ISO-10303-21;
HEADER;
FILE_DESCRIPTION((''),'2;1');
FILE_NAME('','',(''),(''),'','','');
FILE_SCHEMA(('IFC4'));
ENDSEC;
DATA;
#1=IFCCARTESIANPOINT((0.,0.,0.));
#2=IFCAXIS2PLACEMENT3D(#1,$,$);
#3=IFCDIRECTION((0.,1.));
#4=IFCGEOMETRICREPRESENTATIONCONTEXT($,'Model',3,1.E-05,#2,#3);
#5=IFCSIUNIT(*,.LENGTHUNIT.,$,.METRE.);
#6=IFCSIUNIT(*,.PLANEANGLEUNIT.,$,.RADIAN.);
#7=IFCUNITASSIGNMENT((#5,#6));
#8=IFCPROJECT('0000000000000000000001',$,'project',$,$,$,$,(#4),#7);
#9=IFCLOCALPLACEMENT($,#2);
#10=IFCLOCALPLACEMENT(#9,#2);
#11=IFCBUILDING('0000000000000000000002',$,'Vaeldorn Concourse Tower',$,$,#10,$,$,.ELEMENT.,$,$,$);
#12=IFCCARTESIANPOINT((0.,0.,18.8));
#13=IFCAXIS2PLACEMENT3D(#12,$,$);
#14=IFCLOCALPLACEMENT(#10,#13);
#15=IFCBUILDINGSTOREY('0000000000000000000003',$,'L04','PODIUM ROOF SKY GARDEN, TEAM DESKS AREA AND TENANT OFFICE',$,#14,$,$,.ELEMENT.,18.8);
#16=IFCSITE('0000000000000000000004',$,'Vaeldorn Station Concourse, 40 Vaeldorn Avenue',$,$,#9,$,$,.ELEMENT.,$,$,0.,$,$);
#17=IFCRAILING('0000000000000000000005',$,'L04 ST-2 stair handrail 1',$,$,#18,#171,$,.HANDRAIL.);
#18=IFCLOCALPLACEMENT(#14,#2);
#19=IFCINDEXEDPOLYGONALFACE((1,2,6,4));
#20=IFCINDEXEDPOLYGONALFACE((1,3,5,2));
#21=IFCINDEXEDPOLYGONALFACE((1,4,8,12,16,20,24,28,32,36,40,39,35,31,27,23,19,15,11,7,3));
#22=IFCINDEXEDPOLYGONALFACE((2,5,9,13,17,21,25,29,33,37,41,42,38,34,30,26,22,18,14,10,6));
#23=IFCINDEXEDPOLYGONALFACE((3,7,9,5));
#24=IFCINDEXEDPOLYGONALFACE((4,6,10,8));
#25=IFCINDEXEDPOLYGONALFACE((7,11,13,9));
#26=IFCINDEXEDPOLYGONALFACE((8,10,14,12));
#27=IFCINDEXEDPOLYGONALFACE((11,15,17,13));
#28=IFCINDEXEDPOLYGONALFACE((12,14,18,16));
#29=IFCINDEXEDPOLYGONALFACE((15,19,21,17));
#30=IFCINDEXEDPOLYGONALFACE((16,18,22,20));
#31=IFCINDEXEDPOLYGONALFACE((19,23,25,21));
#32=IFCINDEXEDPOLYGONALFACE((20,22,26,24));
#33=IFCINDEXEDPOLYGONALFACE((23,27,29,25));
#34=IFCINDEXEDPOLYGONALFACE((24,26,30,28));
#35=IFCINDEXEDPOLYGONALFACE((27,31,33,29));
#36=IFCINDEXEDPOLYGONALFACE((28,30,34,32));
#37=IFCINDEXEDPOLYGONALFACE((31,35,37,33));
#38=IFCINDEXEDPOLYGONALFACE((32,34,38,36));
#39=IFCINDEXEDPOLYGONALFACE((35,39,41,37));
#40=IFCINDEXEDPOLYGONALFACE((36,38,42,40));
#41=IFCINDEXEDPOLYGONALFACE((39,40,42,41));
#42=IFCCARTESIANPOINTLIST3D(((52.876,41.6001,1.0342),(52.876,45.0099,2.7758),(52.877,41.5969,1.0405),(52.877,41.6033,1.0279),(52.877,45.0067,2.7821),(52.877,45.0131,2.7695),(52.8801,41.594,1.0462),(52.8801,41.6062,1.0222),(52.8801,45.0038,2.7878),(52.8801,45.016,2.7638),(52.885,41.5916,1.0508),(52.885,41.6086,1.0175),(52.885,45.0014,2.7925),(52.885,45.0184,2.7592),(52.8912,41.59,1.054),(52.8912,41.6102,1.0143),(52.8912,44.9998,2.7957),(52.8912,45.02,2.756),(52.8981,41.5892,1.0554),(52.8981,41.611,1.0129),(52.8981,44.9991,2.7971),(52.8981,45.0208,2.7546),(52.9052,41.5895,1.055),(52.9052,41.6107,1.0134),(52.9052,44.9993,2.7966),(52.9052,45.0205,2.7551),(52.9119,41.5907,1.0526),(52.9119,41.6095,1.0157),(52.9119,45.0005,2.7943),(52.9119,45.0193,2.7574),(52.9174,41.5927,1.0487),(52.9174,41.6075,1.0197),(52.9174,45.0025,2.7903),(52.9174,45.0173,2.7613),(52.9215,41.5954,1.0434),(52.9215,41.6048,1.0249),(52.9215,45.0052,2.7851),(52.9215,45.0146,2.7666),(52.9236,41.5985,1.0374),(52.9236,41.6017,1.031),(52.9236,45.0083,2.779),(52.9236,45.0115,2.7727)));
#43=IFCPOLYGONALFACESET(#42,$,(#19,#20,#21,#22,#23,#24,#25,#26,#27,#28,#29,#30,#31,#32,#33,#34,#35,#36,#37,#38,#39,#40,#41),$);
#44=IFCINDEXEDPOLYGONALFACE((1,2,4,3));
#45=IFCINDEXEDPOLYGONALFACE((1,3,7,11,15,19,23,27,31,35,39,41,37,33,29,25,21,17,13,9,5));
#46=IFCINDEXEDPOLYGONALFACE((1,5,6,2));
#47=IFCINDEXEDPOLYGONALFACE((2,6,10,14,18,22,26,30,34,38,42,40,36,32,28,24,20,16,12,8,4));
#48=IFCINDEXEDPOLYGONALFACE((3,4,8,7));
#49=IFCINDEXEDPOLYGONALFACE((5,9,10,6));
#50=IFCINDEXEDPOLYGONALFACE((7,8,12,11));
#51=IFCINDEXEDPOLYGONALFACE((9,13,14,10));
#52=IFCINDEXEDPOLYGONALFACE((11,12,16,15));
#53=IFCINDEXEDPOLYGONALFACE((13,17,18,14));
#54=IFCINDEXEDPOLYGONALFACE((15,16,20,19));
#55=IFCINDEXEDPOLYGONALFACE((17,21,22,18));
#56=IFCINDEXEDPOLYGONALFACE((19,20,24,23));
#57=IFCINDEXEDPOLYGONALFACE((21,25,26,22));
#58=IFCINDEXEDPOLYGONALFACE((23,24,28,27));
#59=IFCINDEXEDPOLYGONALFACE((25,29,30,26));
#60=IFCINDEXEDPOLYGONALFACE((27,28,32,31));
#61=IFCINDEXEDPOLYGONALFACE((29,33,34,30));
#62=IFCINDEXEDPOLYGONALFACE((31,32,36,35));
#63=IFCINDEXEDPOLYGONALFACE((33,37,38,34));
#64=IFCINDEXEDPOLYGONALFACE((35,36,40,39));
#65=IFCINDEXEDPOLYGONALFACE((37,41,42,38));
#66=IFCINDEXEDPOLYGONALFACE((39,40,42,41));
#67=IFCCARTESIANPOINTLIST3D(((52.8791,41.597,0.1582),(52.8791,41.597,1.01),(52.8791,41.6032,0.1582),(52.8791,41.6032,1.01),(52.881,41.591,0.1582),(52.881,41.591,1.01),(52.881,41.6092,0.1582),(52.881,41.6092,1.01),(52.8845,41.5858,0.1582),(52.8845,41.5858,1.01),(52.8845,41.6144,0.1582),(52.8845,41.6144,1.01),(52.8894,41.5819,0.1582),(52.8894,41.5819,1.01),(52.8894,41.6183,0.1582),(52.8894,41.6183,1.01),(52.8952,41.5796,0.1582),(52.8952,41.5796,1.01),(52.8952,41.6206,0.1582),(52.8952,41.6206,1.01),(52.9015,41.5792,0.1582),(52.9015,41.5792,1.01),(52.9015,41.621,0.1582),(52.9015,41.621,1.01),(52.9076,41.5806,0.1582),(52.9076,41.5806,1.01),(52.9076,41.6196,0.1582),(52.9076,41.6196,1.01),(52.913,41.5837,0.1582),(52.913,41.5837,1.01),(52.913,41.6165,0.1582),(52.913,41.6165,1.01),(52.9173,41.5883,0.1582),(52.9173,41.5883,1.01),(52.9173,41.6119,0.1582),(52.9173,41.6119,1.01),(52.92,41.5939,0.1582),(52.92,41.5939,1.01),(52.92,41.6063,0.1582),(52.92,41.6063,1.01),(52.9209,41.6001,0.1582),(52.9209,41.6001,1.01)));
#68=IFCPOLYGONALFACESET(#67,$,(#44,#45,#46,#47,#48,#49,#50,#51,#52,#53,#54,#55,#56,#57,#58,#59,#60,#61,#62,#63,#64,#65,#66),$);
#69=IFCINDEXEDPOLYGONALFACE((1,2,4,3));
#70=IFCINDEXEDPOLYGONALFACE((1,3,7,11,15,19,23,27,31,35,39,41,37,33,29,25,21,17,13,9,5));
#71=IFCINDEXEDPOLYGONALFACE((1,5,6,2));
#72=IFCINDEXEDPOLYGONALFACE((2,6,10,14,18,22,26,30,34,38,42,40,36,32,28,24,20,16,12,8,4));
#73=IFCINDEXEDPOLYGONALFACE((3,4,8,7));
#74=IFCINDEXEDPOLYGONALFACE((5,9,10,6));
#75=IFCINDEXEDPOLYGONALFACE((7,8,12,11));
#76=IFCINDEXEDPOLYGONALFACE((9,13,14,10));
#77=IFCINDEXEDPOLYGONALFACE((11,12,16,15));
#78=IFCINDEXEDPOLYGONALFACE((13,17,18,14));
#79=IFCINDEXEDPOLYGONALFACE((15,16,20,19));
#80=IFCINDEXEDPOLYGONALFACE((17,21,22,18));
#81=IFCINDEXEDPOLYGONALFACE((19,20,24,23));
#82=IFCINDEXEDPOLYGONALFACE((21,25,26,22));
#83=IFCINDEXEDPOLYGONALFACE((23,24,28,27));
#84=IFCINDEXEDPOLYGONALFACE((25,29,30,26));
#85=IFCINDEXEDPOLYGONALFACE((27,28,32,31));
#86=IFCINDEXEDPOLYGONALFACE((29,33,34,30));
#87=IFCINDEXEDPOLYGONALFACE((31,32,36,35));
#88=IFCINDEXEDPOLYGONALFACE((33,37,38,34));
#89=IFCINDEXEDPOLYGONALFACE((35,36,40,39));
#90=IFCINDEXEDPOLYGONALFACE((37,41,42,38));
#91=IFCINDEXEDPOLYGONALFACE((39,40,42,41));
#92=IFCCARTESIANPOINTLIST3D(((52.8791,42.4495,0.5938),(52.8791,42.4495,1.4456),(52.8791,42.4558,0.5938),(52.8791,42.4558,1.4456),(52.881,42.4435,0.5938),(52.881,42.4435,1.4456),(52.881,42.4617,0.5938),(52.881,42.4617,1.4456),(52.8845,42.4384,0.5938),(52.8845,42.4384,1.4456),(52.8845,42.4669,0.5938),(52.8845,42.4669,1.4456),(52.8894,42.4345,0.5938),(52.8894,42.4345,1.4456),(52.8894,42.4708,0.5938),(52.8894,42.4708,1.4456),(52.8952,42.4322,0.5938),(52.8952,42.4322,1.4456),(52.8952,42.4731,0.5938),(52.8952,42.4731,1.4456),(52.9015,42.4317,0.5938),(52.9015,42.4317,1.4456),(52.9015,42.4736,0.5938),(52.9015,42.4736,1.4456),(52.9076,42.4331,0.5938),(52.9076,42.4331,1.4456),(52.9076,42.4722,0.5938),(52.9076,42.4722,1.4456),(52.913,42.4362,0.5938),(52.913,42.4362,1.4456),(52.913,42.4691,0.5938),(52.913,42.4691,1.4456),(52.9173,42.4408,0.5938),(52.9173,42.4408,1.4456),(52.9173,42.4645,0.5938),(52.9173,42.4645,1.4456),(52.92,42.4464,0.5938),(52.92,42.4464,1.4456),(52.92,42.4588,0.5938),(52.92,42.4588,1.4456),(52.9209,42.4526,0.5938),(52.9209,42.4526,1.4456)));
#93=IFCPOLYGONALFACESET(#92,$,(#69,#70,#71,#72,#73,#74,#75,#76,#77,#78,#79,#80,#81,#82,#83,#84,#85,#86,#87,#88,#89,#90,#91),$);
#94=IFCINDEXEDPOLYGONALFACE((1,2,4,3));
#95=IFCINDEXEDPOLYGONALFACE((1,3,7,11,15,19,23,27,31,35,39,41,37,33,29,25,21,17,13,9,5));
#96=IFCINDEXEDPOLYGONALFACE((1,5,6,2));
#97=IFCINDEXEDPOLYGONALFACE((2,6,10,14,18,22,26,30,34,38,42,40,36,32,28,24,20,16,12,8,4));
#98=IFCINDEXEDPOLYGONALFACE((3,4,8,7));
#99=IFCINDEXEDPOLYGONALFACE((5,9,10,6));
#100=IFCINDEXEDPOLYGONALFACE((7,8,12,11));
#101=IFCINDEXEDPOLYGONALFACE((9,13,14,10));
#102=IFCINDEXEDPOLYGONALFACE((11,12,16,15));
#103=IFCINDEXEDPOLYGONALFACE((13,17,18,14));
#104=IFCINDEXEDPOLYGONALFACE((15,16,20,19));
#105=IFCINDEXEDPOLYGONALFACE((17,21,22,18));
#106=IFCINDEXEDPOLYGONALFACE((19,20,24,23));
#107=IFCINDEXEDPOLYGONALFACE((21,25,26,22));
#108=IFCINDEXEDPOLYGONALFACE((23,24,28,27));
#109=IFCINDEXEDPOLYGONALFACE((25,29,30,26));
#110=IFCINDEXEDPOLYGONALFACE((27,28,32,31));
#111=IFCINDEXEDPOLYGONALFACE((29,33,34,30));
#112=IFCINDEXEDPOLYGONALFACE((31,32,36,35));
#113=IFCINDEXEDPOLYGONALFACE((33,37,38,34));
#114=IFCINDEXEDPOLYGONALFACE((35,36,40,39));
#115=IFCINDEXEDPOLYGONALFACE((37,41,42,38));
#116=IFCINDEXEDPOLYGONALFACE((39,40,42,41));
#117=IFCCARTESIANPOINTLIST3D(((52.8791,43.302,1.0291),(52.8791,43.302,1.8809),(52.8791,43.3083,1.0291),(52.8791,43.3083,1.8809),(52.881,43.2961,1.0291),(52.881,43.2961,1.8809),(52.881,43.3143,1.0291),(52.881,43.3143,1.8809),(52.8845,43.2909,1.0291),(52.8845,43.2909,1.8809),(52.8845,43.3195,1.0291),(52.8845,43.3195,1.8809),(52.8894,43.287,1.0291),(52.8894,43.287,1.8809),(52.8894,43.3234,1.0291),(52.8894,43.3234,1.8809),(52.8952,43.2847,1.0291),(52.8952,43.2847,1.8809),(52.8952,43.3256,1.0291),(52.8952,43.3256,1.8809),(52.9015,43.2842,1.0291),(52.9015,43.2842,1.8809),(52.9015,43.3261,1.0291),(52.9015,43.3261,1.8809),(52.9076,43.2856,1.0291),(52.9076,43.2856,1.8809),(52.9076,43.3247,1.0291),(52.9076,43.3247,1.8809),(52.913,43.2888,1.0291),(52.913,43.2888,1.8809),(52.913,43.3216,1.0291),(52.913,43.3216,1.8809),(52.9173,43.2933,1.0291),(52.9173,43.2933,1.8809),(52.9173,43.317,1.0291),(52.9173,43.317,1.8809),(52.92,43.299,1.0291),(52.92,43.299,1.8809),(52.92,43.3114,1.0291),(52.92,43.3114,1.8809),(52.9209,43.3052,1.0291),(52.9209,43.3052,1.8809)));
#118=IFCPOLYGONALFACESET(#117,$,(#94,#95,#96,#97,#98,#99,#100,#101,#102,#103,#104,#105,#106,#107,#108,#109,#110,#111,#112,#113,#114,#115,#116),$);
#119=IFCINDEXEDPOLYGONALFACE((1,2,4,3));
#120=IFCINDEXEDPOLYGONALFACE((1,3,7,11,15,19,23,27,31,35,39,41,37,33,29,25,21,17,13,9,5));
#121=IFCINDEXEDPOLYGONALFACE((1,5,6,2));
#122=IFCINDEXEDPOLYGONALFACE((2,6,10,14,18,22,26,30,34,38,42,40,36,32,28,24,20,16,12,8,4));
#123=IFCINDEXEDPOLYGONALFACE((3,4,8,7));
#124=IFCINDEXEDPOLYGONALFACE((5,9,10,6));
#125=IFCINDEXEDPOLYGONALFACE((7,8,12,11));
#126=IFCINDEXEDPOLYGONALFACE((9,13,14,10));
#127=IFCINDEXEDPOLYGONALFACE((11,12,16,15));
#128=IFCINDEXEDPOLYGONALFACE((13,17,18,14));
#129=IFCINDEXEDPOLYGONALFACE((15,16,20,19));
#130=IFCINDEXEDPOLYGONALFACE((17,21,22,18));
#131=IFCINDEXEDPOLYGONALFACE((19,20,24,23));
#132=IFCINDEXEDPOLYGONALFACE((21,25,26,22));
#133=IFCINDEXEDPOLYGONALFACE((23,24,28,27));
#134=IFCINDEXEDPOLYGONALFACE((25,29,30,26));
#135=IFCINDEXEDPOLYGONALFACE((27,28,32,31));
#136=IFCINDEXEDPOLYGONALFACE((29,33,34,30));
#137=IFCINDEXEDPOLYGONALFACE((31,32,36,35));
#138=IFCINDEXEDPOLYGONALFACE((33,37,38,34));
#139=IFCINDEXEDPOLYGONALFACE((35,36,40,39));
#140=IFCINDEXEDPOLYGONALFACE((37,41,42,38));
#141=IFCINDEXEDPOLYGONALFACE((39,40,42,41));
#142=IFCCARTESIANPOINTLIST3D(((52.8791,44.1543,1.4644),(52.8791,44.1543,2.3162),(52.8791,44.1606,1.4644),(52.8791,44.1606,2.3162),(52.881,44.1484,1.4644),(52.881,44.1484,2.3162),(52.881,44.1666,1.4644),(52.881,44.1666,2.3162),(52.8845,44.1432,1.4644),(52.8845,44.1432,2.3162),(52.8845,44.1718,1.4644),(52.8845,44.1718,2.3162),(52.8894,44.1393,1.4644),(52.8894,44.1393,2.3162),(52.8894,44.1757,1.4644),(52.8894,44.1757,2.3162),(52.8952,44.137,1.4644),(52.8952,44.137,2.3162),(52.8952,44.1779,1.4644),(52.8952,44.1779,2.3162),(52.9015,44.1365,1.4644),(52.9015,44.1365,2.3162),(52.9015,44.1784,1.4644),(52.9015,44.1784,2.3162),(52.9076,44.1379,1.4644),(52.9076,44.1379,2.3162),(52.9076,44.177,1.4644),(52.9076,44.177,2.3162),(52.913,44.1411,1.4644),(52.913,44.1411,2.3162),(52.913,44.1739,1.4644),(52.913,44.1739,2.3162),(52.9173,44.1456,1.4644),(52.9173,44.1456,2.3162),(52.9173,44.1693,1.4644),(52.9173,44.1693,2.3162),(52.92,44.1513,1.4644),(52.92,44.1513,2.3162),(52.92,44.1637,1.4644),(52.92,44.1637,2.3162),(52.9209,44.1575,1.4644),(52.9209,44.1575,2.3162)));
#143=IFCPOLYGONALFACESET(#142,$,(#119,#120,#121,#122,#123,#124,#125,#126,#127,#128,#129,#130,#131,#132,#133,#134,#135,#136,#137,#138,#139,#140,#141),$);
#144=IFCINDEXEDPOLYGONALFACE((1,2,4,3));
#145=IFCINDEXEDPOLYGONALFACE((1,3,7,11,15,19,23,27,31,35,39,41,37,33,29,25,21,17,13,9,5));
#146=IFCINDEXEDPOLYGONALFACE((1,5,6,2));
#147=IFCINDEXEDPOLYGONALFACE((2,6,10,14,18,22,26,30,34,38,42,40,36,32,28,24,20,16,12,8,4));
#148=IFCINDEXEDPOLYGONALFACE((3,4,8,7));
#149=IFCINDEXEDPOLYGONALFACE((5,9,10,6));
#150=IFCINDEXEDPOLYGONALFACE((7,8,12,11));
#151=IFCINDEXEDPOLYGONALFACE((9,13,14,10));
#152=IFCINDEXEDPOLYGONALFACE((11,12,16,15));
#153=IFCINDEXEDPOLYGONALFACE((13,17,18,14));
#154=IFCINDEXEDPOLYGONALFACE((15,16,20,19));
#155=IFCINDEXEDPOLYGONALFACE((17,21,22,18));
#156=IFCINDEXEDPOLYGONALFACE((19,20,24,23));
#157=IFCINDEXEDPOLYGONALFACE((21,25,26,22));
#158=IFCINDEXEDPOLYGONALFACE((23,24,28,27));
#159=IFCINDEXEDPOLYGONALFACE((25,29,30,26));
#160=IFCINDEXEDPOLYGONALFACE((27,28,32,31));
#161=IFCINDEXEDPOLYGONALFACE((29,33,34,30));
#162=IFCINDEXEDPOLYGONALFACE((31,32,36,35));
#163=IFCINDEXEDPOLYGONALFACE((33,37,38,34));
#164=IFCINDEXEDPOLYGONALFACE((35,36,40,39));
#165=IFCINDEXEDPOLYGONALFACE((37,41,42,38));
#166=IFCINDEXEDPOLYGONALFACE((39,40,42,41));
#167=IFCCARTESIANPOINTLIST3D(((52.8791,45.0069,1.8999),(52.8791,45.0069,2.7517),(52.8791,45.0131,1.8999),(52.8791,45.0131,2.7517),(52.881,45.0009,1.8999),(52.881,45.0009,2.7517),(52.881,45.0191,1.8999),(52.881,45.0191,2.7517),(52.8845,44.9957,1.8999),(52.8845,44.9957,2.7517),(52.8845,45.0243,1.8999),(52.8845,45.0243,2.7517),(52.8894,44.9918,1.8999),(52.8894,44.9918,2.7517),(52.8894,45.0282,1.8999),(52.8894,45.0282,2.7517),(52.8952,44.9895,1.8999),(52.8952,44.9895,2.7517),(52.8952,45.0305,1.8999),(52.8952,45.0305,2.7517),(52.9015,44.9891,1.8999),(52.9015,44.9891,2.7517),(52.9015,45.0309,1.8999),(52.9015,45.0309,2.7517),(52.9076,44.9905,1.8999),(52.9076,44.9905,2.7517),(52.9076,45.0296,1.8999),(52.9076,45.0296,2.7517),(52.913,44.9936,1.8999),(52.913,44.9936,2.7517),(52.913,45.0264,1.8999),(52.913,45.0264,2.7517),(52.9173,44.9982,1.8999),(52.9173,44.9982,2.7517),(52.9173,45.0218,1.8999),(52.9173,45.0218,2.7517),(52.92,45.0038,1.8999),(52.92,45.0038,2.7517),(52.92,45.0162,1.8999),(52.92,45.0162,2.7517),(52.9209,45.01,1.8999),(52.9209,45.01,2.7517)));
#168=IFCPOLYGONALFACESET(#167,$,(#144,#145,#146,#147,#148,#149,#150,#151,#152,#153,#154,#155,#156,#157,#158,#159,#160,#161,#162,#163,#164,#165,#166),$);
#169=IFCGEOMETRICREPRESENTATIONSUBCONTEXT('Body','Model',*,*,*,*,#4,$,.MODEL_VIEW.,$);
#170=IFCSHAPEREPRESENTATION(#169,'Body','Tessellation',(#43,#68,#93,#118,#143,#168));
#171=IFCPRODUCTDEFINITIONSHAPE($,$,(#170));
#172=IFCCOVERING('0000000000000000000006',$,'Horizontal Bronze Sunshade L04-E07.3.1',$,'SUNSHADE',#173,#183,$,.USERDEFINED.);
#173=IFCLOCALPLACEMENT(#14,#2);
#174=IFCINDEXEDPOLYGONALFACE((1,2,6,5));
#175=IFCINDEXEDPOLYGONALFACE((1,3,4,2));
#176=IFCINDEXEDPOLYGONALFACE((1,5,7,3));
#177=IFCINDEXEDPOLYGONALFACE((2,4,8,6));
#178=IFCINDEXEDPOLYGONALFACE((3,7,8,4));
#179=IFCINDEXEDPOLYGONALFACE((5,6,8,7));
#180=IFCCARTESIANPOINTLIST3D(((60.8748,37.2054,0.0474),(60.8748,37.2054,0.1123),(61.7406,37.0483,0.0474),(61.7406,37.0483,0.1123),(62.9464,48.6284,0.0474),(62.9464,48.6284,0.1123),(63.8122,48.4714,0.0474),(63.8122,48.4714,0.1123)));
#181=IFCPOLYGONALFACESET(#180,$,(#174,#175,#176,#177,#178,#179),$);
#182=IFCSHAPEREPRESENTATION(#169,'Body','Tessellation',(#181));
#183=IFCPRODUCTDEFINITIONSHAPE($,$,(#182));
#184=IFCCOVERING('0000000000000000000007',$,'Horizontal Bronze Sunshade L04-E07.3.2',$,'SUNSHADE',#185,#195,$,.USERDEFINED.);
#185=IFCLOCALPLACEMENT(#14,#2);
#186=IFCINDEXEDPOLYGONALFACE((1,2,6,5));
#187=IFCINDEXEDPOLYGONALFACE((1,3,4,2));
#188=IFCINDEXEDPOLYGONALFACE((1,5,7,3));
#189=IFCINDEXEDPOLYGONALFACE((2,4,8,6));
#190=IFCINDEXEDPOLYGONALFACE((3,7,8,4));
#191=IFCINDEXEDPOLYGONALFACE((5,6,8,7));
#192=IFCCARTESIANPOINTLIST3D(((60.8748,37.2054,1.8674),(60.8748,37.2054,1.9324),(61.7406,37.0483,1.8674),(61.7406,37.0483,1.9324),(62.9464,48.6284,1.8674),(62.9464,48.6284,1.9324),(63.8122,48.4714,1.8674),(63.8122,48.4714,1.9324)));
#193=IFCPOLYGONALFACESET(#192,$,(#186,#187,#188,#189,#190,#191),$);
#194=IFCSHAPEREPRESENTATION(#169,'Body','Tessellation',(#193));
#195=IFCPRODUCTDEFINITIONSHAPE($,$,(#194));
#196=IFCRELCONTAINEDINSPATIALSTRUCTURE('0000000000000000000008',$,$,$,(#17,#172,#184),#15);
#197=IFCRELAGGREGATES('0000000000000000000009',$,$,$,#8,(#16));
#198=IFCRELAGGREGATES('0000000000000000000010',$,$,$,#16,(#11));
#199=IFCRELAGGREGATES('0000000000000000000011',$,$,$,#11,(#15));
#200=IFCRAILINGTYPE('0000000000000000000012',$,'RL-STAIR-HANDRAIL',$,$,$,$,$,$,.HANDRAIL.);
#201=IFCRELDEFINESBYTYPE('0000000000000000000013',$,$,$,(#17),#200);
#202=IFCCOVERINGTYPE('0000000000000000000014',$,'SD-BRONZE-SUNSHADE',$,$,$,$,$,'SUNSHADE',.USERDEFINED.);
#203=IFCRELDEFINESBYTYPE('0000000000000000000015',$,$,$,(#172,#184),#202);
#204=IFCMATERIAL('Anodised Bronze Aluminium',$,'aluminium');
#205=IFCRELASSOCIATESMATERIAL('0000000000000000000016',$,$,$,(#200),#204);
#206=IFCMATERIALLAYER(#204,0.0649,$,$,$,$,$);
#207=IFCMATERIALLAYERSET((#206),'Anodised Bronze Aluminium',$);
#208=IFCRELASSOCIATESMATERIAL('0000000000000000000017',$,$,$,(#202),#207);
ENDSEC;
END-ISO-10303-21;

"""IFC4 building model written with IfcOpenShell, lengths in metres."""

from ifc_helpers import new_model, si_unit, direction, frame, origin, origin_2d, place, context, subcontext, project, spatial, rectangle, circle, extrude, source, transform, mapped, material, layer, layer_set, type_object, element, save


model = new_model("IFC4")

# Units and contexts
model_context = context("Model", 3, precision=1e-05, world=origin(), true_north=direction((0.0, 1.0)))
body_context = subcontext(model_context, "Body", "Model", "MODEL_VIEW")
ifc_project = project(units=[si_unit("LENGTHUNIT", "METRE"), si_unit("PLANEANGLEUNIT", "RADIAN")], contexts=[model_context])

# Site, building, storey
site_placement = place(None, origin())
site = spatial("IfcSite", under=ifc_project, at=site_placement, Name="Vaeldorn Station Concourse, 40 Vaeldorn Avenue", CompositionType="ELEMENT", RefElevation=0.0)
building_placement = place(site_placement, origin())
building = spatial("IfcBuilding", under=site, at=building_placement, Name="Vaeldorn Concourse Tower", CompositionType="ELEMENT")
storey_placement = place(building_placement, frame((0.0, 0.0, 18.8)))
storey = spatial("IfcBuildingStorey", under=building, at=storey_placement, Name="L04", Description="PODIUM ROOF SKY GARDEN, TEAM DESKS AREA AND TENANT OFFICE", CompositionType="ELEMENT", Elevation=18.8)

# Shared definitions
ifc_material_1 = material(Name="Anodised Bronze Aluminium", Category="aluminium")

# Railing
railing_type_1 = type_object("IfcRailingType", Name="RL-STAIR-HANDRAIL", PredefinedType="HANDRAIL", material=ifc_material_1)
railing_1_placement = place(storey_placement, frame((52.8999, 41.6001, 0.1582)))
element("IfcRailing", 1, at=railing_1_placement, inside=storey, type_object=railing_type_1, Name="L04 ST-2 stair handrail 1", PredefinedType="HANDRAIL", context=body_context, shape_type="SweptSolid", body=[
    extrude(circle(Radius=0.0239, at=origin_2d()), frame((0.0, 0.0, 0.876), z_axis=(0.0, 0.890556, 0.454874), x_axis=(-1.0, 0.0, 0.0)), (0.0, 0.0, 1.0), 3.8289),
    extrude(circle(Radius=0.021, at=origin_2d()), origin(), (0.0, 0.0, 1.0), 0.8518),
    extrude(circle(Radius=0.021, at=origin_2d()), frame((0.0, 0.8525, 0.4355)), (0.0, 0.0, 1.0), 0.8518),
    extrude(circle(Radius=0.021, at=origin_2d()), frame((0.0, 1.7051, 0.8708)), (0.0, 0.0, 1.0), 0.8518),
    extrude(circle(Radius=0.021, at=origin_2d()), frame((0.0, 2.5574, 1.3062)), (0.0, 0.0, 1.0), 0.8518),
    extrude(circle(Radius=0.021, at=origin_2d()), frame((0.0, 3.4099, 1.7417)), (0.0, 0.0, 1.0), 0.8518),
])

# Coverings
ifc_layer_1 = layer(ifc_material_1, 0.0649)
ifc_layer_set_1 = layer_set([ifc_layer_1], Name="Anodised Bronze Aluminium")
covering_type = type_object("IfcCoveringType", Name="SD-BRONZE-SUNSHADE", ElementType="SUNSHADE", PredefinedType="USERDEFINED", material=ifc_layer_set_1)
shared_shape_1 = source(origin(), body_context, "Body", "SweptSolid", [
    extrude(rectangle(XDim=11.6094, YDim=0.8799, at=origin_2d()), origin(), (0.0, 0.0, 1.0), 0.0649),
])
for number, where, z_axis, x_axis, name in (
    (2, (62.3435, 42.8384, 0.0474), (0.0, 0.0, 1.0), (0.178442, 0.983951, 0.0), "Horizontal Bronze Sunshade L04-E07.3.1"),
    (3, (62.3435, 42.8384, 1.8674), (0.0, 0.0, 1.0), (0.178442, 0.983951, 0.0), "Horizontal Bronze Sunshade L04-E07.3.2"),
):
    element("IfcCovering", number, at=place(storey_placement, frame(where, z_axis=z_axis, x_axis=x_axis)), inside=storey, type_object=covering_type, Name=name, ObjectType="SUNSHADE", PredefinedType="USERDEFINED", context=body_context, shape_type="MappedRepresentation", body=[
        mapped(shared_shape_1, transform((0.0, 0.0, 0.0), scale=1.0)),
    ])

save(model, "model.ifc")
